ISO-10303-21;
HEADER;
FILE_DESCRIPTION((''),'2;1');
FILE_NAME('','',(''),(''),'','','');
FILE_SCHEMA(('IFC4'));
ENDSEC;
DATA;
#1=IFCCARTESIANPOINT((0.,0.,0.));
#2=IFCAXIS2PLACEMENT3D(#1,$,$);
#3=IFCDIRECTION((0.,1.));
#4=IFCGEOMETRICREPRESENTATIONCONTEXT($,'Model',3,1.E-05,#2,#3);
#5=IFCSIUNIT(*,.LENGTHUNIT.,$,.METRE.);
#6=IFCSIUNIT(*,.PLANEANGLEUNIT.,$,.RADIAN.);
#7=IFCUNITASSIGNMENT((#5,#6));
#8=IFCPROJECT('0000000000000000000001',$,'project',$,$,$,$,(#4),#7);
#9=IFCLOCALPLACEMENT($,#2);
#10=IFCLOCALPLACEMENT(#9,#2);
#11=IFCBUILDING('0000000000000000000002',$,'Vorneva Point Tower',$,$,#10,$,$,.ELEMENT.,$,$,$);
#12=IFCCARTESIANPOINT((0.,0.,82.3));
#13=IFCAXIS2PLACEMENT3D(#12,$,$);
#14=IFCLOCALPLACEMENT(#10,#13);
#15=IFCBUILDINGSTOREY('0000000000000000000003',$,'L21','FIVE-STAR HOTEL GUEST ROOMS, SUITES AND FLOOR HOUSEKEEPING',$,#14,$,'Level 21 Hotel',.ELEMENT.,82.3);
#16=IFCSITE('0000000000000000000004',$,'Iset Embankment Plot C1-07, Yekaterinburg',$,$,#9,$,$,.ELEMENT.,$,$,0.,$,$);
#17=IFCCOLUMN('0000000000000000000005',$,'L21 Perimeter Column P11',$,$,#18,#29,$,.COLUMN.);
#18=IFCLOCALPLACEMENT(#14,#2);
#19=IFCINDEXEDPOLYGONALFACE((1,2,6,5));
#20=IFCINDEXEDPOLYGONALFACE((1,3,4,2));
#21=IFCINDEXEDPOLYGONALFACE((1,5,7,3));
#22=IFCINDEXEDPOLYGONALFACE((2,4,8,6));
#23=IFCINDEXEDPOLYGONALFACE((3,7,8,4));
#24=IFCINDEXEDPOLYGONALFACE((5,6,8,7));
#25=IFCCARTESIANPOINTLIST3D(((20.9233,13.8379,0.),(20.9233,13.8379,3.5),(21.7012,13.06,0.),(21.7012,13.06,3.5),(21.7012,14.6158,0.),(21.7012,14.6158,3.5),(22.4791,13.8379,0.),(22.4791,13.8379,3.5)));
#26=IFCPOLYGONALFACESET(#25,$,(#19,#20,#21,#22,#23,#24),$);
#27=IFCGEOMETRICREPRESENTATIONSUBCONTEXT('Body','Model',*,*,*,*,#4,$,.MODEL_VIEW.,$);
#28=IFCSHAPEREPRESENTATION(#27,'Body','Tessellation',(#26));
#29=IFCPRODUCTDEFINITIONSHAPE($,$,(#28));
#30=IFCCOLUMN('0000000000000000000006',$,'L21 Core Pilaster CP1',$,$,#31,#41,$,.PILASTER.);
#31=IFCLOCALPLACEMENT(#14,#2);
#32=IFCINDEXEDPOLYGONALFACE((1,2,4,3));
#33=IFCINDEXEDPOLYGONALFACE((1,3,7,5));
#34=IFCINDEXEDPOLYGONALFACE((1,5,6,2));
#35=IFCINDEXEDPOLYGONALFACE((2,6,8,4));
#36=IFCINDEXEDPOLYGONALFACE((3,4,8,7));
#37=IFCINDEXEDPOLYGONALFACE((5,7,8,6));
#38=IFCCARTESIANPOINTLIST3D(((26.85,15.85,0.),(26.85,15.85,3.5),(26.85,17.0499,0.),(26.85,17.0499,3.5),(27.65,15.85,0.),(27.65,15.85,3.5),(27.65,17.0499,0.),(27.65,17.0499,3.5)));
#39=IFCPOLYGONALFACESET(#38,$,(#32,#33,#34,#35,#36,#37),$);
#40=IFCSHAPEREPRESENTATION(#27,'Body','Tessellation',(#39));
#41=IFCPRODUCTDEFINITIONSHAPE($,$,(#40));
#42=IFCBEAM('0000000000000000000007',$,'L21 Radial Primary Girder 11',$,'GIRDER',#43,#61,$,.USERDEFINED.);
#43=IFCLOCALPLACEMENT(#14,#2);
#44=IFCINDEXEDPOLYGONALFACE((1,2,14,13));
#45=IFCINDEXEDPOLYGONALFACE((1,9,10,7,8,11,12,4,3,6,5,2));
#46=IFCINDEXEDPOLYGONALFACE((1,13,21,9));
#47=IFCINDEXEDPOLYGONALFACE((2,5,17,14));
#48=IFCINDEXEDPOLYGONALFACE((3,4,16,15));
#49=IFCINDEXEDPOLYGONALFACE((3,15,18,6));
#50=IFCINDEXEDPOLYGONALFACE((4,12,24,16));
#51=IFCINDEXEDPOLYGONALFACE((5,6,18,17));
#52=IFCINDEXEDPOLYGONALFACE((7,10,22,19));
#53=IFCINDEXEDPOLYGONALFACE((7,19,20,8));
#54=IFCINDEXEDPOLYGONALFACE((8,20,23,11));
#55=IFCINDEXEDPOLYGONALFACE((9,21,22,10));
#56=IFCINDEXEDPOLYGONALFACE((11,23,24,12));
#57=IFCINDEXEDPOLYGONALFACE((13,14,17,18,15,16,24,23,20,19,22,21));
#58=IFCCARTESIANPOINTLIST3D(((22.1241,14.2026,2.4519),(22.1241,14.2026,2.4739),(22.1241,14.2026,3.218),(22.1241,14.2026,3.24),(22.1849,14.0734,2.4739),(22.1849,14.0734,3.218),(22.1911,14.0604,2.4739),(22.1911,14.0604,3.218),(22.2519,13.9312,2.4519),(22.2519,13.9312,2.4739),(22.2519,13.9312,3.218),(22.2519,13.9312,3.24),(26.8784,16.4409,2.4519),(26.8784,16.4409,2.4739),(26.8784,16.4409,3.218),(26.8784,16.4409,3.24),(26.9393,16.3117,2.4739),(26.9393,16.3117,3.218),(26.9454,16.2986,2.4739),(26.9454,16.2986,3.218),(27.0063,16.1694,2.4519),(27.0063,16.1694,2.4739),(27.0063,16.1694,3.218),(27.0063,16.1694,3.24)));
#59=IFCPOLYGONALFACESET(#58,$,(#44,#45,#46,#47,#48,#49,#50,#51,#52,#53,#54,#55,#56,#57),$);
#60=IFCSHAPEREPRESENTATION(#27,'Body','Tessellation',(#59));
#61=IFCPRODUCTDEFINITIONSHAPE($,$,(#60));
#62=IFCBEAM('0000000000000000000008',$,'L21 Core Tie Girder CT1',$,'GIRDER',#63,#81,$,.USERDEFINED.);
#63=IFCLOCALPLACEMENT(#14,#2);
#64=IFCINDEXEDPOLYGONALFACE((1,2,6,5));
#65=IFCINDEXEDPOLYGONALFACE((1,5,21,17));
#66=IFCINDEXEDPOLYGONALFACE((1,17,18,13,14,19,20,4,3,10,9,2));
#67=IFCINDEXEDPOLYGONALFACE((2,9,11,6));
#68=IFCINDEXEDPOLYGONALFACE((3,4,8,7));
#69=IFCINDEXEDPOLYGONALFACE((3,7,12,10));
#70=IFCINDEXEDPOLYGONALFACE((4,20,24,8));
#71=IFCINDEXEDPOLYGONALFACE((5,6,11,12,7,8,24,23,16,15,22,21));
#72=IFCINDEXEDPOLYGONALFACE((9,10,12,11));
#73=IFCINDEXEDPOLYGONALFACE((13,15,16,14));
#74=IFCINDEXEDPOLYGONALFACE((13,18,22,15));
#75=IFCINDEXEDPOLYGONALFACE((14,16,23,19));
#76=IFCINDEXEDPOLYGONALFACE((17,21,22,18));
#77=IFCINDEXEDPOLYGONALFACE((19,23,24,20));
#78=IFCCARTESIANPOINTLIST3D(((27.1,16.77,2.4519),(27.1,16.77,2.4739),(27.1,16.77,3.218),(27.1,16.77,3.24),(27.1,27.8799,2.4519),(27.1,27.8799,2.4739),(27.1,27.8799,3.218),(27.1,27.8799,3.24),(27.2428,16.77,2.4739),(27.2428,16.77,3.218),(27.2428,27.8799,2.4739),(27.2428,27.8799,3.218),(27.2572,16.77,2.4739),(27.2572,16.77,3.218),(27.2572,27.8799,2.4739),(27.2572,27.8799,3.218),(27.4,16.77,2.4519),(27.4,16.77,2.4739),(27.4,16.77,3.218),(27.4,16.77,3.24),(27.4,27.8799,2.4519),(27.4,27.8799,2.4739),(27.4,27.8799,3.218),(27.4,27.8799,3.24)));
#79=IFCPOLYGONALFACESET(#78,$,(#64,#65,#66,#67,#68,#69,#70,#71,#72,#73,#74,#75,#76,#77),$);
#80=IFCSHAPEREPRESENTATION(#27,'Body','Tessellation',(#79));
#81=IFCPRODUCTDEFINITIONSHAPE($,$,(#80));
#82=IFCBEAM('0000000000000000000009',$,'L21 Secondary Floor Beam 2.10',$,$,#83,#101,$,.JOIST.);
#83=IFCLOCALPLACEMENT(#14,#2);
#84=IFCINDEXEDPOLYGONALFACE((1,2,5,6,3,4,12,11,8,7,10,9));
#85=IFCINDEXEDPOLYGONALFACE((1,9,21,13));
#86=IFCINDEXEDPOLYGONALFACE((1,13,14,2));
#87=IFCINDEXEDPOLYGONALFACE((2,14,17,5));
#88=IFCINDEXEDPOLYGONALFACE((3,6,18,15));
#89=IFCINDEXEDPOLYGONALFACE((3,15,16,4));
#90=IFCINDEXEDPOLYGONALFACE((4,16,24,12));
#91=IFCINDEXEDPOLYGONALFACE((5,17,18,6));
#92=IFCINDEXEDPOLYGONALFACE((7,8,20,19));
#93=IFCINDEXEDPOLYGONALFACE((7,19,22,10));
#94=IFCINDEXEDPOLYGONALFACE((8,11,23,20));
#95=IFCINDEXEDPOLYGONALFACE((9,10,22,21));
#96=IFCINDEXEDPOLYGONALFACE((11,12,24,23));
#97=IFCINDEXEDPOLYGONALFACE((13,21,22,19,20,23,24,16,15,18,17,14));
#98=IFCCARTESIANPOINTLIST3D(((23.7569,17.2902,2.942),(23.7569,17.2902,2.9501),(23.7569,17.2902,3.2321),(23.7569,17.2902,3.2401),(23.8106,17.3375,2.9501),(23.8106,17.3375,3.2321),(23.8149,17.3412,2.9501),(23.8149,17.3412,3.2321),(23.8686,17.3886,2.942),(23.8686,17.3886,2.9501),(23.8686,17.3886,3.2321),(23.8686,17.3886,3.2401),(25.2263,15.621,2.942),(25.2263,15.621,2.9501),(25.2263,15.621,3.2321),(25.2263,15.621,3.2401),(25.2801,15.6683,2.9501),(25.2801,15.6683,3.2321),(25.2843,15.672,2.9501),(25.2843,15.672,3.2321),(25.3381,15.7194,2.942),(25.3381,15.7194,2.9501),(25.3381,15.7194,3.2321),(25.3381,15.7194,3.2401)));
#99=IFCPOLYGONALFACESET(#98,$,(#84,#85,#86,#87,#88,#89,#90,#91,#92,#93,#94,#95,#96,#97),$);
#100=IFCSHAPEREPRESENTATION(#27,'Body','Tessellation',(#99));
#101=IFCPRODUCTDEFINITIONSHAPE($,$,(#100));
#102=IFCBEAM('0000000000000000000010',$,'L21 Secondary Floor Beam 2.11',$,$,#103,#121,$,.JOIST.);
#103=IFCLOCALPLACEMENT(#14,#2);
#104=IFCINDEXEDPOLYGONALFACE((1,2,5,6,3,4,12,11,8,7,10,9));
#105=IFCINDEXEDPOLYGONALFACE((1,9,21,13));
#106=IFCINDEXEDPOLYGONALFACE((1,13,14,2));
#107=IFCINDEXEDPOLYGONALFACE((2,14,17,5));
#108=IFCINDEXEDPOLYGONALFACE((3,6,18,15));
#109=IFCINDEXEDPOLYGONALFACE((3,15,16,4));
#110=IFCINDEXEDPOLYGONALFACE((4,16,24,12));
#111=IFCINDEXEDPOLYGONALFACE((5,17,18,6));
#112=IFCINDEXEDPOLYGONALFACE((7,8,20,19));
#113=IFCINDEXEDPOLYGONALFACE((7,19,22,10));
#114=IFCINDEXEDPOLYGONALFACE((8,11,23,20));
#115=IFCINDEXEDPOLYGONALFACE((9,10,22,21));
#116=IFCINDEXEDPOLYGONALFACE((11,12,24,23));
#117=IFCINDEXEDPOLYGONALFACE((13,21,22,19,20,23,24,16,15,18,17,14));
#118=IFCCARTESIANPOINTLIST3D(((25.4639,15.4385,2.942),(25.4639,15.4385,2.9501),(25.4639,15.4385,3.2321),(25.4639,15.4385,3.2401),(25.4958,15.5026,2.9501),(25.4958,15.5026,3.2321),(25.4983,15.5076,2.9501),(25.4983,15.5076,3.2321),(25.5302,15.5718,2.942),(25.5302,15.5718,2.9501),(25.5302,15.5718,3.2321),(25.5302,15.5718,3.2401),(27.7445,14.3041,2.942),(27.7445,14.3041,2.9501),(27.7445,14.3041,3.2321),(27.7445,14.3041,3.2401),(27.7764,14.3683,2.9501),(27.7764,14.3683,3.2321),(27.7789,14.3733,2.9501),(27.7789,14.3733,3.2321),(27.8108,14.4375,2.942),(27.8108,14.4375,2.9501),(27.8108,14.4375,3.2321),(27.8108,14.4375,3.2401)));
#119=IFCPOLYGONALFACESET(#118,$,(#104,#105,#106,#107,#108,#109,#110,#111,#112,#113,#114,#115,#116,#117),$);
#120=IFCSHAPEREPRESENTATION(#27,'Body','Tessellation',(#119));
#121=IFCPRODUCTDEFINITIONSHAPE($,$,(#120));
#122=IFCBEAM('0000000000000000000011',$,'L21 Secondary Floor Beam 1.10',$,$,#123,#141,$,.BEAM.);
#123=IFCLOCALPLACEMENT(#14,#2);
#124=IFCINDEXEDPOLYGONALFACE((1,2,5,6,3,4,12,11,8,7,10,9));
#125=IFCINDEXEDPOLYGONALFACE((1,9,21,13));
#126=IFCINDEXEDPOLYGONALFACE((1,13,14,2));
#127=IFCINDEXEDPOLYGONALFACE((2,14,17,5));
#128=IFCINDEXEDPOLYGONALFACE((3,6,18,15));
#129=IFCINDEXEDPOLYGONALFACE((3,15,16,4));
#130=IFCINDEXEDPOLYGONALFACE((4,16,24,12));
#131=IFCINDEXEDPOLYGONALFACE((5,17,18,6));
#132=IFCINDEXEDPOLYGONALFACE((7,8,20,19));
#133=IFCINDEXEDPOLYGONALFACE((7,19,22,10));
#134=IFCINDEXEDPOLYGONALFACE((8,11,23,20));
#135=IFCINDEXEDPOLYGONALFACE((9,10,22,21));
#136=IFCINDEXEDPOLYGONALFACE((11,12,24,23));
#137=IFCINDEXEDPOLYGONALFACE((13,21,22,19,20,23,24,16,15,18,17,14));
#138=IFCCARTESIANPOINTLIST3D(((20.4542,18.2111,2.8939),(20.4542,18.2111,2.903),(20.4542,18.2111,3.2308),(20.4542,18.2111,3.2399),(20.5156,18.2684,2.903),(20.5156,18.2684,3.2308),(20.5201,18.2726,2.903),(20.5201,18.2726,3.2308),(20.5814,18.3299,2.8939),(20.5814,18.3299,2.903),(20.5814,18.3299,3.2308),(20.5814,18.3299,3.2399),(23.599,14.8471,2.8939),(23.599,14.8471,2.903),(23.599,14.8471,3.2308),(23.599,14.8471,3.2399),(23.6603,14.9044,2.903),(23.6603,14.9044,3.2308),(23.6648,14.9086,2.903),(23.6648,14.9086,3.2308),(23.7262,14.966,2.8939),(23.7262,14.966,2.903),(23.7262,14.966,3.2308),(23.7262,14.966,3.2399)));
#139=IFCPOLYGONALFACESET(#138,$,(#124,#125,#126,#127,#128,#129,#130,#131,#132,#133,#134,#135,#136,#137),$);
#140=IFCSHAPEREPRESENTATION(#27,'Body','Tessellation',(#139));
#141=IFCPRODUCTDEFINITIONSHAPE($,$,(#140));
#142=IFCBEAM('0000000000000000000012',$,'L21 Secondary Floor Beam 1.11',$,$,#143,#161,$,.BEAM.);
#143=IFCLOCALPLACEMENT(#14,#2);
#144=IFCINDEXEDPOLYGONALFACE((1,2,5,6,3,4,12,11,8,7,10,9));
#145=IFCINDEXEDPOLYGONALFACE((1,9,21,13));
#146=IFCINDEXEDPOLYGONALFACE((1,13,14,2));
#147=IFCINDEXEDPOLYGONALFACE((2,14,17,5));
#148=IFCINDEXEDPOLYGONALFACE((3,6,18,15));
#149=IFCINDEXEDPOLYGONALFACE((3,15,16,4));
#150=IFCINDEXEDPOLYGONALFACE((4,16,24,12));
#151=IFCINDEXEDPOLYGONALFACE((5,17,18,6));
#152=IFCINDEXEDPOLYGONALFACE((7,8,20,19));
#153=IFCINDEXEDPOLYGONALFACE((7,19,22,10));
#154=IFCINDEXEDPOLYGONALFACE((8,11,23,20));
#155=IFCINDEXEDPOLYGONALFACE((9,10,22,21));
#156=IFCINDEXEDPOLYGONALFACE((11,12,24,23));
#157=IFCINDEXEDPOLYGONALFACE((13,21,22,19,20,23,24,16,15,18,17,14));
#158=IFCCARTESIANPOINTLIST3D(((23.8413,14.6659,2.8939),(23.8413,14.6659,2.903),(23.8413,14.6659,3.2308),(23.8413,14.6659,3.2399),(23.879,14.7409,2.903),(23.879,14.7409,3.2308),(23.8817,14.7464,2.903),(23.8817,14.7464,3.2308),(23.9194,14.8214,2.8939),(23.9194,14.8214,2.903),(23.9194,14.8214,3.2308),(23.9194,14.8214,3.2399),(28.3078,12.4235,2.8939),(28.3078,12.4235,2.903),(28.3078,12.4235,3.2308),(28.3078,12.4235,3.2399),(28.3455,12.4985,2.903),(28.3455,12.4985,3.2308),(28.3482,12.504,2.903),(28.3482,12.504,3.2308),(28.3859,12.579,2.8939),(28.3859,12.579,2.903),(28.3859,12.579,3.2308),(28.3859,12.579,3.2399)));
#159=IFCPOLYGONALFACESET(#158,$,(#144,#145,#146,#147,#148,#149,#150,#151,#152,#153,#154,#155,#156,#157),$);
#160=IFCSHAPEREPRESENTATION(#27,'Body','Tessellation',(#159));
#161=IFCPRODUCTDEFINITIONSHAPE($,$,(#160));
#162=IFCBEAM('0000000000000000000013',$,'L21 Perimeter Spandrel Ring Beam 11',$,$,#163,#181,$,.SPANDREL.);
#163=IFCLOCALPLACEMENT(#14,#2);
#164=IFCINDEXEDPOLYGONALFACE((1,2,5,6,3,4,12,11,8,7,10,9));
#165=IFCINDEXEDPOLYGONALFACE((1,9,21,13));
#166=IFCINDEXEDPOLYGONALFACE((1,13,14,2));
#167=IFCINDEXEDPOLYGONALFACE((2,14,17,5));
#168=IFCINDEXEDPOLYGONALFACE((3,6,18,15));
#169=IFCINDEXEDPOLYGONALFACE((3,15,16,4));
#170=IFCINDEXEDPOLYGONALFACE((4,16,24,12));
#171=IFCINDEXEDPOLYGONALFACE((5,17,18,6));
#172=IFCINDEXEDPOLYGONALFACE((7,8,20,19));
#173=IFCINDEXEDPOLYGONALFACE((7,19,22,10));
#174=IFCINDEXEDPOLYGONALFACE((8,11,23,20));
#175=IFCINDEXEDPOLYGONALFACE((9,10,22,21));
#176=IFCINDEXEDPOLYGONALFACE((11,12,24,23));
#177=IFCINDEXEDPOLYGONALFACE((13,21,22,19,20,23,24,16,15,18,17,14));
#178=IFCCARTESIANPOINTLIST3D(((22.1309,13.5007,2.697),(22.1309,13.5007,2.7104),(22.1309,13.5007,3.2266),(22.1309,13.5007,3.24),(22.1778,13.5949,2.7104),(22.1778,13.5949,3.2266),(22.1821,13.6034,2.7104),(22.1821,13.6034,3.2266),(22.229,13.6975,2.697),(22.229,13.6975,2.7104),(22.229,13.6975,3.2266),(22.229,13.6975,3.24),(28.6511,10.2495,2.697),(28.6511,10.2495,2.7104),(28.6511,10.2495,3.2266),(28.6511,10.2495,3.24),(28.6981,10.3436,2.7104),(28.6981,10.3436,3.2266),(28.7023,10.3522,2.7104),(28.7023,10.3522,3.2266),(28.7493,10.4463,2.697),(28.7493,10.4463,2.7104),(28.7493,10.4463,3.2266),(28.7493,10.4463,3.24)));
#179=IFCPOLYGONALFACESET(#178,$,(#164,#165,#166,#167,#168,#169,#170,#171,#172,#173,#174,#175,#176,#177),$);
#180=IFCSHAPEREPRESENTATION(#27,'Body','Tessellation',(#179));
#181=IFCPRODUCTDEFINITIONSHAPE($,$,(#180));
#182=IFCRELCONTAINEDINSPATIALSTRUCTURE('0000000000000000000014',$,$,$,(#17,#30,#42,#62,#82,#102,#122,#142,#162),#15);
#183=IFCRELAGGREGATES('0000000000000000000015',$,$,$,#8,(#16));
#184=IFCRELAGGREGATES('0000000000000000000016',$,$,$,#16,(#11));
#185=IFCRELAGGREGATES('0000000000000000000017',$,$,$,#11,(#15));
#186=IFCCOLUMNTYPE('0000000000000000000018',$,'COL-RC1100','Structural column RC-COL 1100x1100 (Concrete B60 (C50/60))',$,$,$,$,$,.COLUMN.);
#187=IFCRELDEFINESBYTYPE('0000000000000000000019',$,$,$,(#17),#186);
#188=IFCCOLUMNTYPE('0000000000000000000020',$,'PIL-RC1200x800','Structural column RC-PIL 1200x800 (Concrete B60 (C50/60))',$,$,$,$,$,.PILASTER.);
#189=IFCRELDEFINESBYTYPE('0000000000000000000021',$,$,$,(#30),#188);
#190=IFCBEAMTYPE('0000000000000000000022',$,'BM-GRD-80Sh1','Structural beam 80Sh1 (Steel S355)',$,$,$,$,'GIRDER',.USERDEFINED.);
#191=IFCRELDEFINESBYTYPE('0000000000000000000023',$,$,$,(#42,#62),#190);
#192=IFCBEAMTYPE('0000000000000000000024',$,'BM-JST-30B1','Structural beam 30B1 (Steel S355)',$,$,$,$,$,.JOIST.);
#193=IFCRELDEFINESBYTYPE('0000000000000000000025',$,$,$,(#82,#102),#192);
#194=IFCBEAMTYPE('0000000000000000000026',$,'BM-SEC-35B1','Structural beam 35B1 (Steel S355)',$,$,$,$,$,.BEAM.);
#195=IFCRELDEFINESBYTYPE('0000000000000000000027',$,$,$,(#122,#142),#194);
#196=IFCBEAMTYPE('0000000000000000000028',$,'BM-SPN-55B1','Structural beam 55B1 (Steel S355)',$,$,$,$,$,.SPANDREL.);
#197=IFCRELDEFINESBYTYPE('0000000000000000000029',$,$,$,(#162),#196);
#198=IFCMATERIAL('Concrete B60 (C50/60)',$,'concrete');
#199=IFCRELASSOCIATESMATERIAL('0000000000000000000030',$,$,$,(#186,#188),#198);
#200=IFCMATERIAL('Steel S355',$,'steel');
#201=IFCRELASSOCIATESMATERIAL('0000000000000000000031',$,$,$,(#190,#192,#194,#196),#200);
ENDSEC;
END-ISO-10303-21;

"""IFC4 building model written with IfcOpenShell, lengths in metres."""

from ifc_helpers import new_model, si_unit, direction, frame, origin, origin_2d, place, context, subcontext, project, spatial, rectangle, i_section, extrude, material, material_profile, profile_set, type_object, element, save


model = new_model("IFC4")

# Units and contexts
model_context = context("Model", 3, precision=1e-05, world=origin(), true_north=direction((0.0, 1.0)))
body_context = subcontext(model_context, "Body", "Model", "MODEL_VIEW")
ifc_project = project(units=[si_unit("LENGTHUNIT", "METRE"), si_unit("PLANEANGLEUNIT", "RADIAN")], contexts=[model_context])

# Site, building, storey
site_placement = place(None, origin())
site = spatial("IfcSite", under=ifc_project, at=site_placement, Name="Iset Embankment Plot C1-07, Yekaterinburg", CompositionType="ELEMENT", RefElevation=0.0)
building_placement = place(site_placement, origin())
building = spatial("IfcBuilding", under=site, at=building_placement, Name="Vorneva Point Tower", CompositionType="ELEMENT")
storey_placement = place(building_placement, frame((0.0, 0.0, 82.3)))
storey = spatial("IfcBuildingStorey", under=building, at=storey_placement, Name="L21", Description="FIVE-STAR HOTEL GUEST ROOMS, SUITES AND FLOOR HOUSEKEEPING", LongName="Level 21 Hotel", CompositionType="ELEMENT", Elevation=82.3)

# Columns
ifc_material_1 = material(Name="Concrete B60 (C50/60)", Category="concrete")
ifc_material_profile_1 = material_profile(ifc_material_1, rectangle(XDim=1.1001, YDim=1.1001, at=origin_2d()), Name="RC-COL 1100x1100")
ifc_profile_set_1 = profile_set([ifc_material_profile_1], Name="Concrete B60 (C50/60)")
column_type_1 = type_object("IfcColumnType", Name="COL-RC1100", Description="Structural column RC-COL 1100x1100 (Concrete B60 (C50/60))", PredefinedType="COLUMN", material=ifc_profile_set_1)
column_1_placement = place(storey_placement, frame((21.7012, 13.8379, 0.0), z_axis=(0.0, 0.0, 1.0), x_axis=(-0.707107, -0.707107, 0.0)))
element("IfcColumn", 1, at=column_1_placement, inside=storey, type_object=column_type_1, Name="L21 Perimeter Column P11", PredefinedType="COLUMN", context=body_context, shape_type="SweptSolid", body=[
    extrude(rectangle(XDim=1.1001, YDim=1.1001, at=origin_2d()), origin(), (0.0, 0.0, 1.0), 3.5),
])
ifc_material_profile_2 = material_profile(ifc_material_1, rectangle(XDim=0.8, YDim=1.2, at=origin_2d()), Name="RC-PIL 1200x800")
ifc_profile_set_2 = profile_set([ifc_material_profile_2], Name="Concrete B60 (C50/60)")
column_type_2 = type_object("IfcColumnType", Name="PIL-RC1200x800", Description="Structural column RC-PIL 1200x800 (Concrete B60 (C50/60))", PredefinedType="PILASTER", material=ifc_profile_set_2)
column_2_placement = place(storey_placement, frame((27.25, 16.45, 0.0), z_axis=(0.0, 0.0, 1.0), x_axis=(1.0, 0.0, 0.0)))
element("IfcColumn", 2, at=column_2_placement, inside=storey, type_object=column_type_2, Name="L21 Core Pilaster CP1", PredefinedType="PILASTER", context=body_context, shape_type="SweptSolid", body=[
    extrude(rectangle(XDim=0.8, YDim=1.2, at=origin_2d()), origin(), (0.0, 0.0, 1.0), 3.5),
])

# Beams
ifc_material_2 = material(Name="Steel S355", Category="steel")
ifc_material_profile_3 = material_profile(ifc_material_2, i_section(OverallWidth=0.3, OverallDepth=0.7881, WebThickness=0.0144, FlangeThickness=0.022, at=origin_2d()), Name="80Sh1")
ifc_profile_set_3 = profile_set([ifc_material_profile_3], Name="Steel S355")
beam_type_1 = type_object("IfcBeamType", Name="BM-GRD-80Sh1", Description="Structural beam 80Sh1 (Steel S355)", ElementType="GIRDER", PredefinedType="USERDEFINED", material=ifc_profile_set_3)
beam_1_placement = place(storey_placement, frame((22.188, 14.0669, 2.8459), z_axis=(0.904751, 0.42594, 0.0), x_axis=(-0.42594, 0.904751, 0.0)))
element("IfcBeam", 3, at=beam_1_placement, inside=storey, type_object=beam_type_1, Name="L21 Radial Primary Girder 11", ObjectType="GIRDER", PredefinedType="USERDEFINED", context=body_context, shape_type="SweptSolid", body=[
    extrude(i_section(OverallWidth=0.3, OverallDepth=0.7881, WebThickness=0.0144, FlangeThickness=0.022, at=origin_2d()), origin(), (0.0, 0.0, 1.0), 5.2549),
])
beam_2_placement = place(storey_placement, frame((27.25, 16.77, 2.8459), z_axis=(0.0, 1.0, 0.0), x_axis=(-1.0, 0.0, 0.0)))
element("IfcBeam", 4, at=beam_2_placement, inside=storey, type_object=beam_type_1, Name="L21 Core Tie Girder CT1", ObjectType="GIRDER", PredefinedType="USERDEFINED", context=body_context, shape_type="SweptSolid", body=[
    extrude(i_section(OverallWidth=0.3, OverallDepth=0.7881, WebThickness=0.0144, FlangeThickness=0.022, at=origin_2d()), origin(), (0.0, 0.0, 1.0), 11.1099),
])
ifc_material_profile_4 = material_profile(ifc_material_2, i_section(OverallWidth=0.1489, OverallDepth=0.2981, WebThickness=0.0056, FlangeThickness=0.0081, at=origin_2d()), Name="30B1")
ifc_profile_set_4 = profile_set([ifc_material_profile_4], Name="Steel S355")
beam_type_2 = type_object("IfcBeamType", Name="BM-JST-30B1", Description="Structural beam 30B1 (Steel S355)", PredefinedType="JOIST", material=ifc_profile_set_4)
beam_3_placement = place(storey_placement, frame((23.8127, 17.3394, 3.0911), z_axis=(0.660779, -0.750581, 0.0), x_axis=(0.750581, 0.660779, 0.0)))
element("IfcBeam", 5, at=beam_3_placement, inside=storey, type_object=beam_type_2, Name="L21 Secondary Floor Beam 2.10", PredefinedType="JOIST", context=body_context, shape_type="SweptSolid", body=[
    extrude(i_section(OverallWidth=0.1489, OverallDepth=0.2981, WebThickness=0.0056, FlangeThickness=0.0081, at=origin_2d()), origin(), (0.0, 0.0, 1.0), 2.2239),
])
beam_4_placement = place(storey_placement, frame((25.4971, 15.5051, 3.0911), z_axis=(0.895365, -0.445334, 0.0), x_axis=(0.445334, 0.895365, 0.0)))
element("IfcBeam", 6, at=beam_4_placement, inside=storey, type_object=beam_type_2, Name="L21 Secondary Floor Beam 2.11", PredefinedType="JOIST", context=body_context, shape_type="SweptSolid", body=[
    extrude(i_section(OverallWidth=0.1489, OverallDepth=0.2981, WebThickness=0.0056, FlangeThickness=0.0081, at=origin_2d()), origin(), (0.0, 0.0, 1.0), 2.5471),
])
ifc_material_profile_5 = material_profile(ifc_material_2, i_section(OverallWidth=0.1741, OverallDepth=0.3459, WebThickness=0.0061, FlangeThickness=0.009, at=origin_2d()), Name="35B1")
ifc_profile_set_5 = profile_set([ifc_material_profile_5], Name="Steel S355")
beam_type_3 = type_object("IfcBeamType", Name="BM-SEC-35B1", Description="Structural beam 35B1 (Steel S355)", PredefinedType="BEAM", material=ifc_profile_set_5)
beam_5_placement = place(storey_placement, frame((20.5178, 18.2705, 3.0669), z_axis=(0.682902, -0.73051, 0.0), x_axis=(0.73051, 0.682902, 0.0)))
element("IfcBeam", 7, at=beam_5_placement, inside=storey, type_object=beam_type_3, Name="L21 Secondary Floor Beam 1.10", PredefinedType="BEAM", context=body_context, shape_type="SweptSolid", body=[
    extrude(i_section(OverallWidth=0.1741, OverallDepth=0.3459, WebThickness=0.0061, FlangeThickness=0.009, at=origin_2d()), origin(), (0.0, 0.0, 1.0), 4.605),
])
beam_6_placement = place(storey_placement, frame((23.8804, 14.7437, 3.0669), z_axis=(0.893693, -0.448678, 0.0), x_axis=(0.448678, 0.893693, 0.0)))
element("IfcBeam", 8, at=beam_6_placement, inside=storey, type_object=beam_type_3, Name="L21 Secondary Floor Beam 1.11", PredefinedType="BEAM", context=body_context, shape_type="SweptSolid", body=[
    extrude(i_section(OverallWidth=0.1741, OverallDepth=0.3459, WebThickness=0.0061, FlangeThickness=0.009, at=origin_2d()), origin(), (0.0, 0.0, 1.0), 4.9978),
])
ifc_material_profile_6 = material_profile(ifc_material_2, i_section(OverallWidth=0.22, OverallDepth=0.543, WebThickness=0.0095, FlangeThickness=0.0134, at=origin_2d()), Name="55B1")
ifc_profile_set_6 = profile_set([ifc_material_profile_6], Name="Steel S355")
beam_type_4 = type_object("IfcBeamType", Name="BM-SPN-55B1", Description="Structural beam 55B1 (Steel S355)", PredefinedType="SPANDREL", material=ifc_profile_set_6)
beam_7_placement = place(storey_placement, frame((22.1799, 13.5991, 2.9685), z_axis=(0.894916, -0.446235, 0.0), x_axis=(0.446235, 0.894916, 0.0)))
element("IfcBeam", 9, at=beam_7_placement, inside=storey, type_object=beam_type_4, Name="L21 Perimeter Spandrel Ring Beam 11", PredefinedType="SPANDREL", context=body_context, shape_type="SweptSolid", body=[
    extrude(i_section(OverallWidth=0.22, OverallDepth=0.543, WebThickness=0.0095, FlangeThickness=0.0134, at=origin_2d()), origin(), (0.0, 0.0, 1.0), 7.2859),
])

save(model, "model.ifc")
